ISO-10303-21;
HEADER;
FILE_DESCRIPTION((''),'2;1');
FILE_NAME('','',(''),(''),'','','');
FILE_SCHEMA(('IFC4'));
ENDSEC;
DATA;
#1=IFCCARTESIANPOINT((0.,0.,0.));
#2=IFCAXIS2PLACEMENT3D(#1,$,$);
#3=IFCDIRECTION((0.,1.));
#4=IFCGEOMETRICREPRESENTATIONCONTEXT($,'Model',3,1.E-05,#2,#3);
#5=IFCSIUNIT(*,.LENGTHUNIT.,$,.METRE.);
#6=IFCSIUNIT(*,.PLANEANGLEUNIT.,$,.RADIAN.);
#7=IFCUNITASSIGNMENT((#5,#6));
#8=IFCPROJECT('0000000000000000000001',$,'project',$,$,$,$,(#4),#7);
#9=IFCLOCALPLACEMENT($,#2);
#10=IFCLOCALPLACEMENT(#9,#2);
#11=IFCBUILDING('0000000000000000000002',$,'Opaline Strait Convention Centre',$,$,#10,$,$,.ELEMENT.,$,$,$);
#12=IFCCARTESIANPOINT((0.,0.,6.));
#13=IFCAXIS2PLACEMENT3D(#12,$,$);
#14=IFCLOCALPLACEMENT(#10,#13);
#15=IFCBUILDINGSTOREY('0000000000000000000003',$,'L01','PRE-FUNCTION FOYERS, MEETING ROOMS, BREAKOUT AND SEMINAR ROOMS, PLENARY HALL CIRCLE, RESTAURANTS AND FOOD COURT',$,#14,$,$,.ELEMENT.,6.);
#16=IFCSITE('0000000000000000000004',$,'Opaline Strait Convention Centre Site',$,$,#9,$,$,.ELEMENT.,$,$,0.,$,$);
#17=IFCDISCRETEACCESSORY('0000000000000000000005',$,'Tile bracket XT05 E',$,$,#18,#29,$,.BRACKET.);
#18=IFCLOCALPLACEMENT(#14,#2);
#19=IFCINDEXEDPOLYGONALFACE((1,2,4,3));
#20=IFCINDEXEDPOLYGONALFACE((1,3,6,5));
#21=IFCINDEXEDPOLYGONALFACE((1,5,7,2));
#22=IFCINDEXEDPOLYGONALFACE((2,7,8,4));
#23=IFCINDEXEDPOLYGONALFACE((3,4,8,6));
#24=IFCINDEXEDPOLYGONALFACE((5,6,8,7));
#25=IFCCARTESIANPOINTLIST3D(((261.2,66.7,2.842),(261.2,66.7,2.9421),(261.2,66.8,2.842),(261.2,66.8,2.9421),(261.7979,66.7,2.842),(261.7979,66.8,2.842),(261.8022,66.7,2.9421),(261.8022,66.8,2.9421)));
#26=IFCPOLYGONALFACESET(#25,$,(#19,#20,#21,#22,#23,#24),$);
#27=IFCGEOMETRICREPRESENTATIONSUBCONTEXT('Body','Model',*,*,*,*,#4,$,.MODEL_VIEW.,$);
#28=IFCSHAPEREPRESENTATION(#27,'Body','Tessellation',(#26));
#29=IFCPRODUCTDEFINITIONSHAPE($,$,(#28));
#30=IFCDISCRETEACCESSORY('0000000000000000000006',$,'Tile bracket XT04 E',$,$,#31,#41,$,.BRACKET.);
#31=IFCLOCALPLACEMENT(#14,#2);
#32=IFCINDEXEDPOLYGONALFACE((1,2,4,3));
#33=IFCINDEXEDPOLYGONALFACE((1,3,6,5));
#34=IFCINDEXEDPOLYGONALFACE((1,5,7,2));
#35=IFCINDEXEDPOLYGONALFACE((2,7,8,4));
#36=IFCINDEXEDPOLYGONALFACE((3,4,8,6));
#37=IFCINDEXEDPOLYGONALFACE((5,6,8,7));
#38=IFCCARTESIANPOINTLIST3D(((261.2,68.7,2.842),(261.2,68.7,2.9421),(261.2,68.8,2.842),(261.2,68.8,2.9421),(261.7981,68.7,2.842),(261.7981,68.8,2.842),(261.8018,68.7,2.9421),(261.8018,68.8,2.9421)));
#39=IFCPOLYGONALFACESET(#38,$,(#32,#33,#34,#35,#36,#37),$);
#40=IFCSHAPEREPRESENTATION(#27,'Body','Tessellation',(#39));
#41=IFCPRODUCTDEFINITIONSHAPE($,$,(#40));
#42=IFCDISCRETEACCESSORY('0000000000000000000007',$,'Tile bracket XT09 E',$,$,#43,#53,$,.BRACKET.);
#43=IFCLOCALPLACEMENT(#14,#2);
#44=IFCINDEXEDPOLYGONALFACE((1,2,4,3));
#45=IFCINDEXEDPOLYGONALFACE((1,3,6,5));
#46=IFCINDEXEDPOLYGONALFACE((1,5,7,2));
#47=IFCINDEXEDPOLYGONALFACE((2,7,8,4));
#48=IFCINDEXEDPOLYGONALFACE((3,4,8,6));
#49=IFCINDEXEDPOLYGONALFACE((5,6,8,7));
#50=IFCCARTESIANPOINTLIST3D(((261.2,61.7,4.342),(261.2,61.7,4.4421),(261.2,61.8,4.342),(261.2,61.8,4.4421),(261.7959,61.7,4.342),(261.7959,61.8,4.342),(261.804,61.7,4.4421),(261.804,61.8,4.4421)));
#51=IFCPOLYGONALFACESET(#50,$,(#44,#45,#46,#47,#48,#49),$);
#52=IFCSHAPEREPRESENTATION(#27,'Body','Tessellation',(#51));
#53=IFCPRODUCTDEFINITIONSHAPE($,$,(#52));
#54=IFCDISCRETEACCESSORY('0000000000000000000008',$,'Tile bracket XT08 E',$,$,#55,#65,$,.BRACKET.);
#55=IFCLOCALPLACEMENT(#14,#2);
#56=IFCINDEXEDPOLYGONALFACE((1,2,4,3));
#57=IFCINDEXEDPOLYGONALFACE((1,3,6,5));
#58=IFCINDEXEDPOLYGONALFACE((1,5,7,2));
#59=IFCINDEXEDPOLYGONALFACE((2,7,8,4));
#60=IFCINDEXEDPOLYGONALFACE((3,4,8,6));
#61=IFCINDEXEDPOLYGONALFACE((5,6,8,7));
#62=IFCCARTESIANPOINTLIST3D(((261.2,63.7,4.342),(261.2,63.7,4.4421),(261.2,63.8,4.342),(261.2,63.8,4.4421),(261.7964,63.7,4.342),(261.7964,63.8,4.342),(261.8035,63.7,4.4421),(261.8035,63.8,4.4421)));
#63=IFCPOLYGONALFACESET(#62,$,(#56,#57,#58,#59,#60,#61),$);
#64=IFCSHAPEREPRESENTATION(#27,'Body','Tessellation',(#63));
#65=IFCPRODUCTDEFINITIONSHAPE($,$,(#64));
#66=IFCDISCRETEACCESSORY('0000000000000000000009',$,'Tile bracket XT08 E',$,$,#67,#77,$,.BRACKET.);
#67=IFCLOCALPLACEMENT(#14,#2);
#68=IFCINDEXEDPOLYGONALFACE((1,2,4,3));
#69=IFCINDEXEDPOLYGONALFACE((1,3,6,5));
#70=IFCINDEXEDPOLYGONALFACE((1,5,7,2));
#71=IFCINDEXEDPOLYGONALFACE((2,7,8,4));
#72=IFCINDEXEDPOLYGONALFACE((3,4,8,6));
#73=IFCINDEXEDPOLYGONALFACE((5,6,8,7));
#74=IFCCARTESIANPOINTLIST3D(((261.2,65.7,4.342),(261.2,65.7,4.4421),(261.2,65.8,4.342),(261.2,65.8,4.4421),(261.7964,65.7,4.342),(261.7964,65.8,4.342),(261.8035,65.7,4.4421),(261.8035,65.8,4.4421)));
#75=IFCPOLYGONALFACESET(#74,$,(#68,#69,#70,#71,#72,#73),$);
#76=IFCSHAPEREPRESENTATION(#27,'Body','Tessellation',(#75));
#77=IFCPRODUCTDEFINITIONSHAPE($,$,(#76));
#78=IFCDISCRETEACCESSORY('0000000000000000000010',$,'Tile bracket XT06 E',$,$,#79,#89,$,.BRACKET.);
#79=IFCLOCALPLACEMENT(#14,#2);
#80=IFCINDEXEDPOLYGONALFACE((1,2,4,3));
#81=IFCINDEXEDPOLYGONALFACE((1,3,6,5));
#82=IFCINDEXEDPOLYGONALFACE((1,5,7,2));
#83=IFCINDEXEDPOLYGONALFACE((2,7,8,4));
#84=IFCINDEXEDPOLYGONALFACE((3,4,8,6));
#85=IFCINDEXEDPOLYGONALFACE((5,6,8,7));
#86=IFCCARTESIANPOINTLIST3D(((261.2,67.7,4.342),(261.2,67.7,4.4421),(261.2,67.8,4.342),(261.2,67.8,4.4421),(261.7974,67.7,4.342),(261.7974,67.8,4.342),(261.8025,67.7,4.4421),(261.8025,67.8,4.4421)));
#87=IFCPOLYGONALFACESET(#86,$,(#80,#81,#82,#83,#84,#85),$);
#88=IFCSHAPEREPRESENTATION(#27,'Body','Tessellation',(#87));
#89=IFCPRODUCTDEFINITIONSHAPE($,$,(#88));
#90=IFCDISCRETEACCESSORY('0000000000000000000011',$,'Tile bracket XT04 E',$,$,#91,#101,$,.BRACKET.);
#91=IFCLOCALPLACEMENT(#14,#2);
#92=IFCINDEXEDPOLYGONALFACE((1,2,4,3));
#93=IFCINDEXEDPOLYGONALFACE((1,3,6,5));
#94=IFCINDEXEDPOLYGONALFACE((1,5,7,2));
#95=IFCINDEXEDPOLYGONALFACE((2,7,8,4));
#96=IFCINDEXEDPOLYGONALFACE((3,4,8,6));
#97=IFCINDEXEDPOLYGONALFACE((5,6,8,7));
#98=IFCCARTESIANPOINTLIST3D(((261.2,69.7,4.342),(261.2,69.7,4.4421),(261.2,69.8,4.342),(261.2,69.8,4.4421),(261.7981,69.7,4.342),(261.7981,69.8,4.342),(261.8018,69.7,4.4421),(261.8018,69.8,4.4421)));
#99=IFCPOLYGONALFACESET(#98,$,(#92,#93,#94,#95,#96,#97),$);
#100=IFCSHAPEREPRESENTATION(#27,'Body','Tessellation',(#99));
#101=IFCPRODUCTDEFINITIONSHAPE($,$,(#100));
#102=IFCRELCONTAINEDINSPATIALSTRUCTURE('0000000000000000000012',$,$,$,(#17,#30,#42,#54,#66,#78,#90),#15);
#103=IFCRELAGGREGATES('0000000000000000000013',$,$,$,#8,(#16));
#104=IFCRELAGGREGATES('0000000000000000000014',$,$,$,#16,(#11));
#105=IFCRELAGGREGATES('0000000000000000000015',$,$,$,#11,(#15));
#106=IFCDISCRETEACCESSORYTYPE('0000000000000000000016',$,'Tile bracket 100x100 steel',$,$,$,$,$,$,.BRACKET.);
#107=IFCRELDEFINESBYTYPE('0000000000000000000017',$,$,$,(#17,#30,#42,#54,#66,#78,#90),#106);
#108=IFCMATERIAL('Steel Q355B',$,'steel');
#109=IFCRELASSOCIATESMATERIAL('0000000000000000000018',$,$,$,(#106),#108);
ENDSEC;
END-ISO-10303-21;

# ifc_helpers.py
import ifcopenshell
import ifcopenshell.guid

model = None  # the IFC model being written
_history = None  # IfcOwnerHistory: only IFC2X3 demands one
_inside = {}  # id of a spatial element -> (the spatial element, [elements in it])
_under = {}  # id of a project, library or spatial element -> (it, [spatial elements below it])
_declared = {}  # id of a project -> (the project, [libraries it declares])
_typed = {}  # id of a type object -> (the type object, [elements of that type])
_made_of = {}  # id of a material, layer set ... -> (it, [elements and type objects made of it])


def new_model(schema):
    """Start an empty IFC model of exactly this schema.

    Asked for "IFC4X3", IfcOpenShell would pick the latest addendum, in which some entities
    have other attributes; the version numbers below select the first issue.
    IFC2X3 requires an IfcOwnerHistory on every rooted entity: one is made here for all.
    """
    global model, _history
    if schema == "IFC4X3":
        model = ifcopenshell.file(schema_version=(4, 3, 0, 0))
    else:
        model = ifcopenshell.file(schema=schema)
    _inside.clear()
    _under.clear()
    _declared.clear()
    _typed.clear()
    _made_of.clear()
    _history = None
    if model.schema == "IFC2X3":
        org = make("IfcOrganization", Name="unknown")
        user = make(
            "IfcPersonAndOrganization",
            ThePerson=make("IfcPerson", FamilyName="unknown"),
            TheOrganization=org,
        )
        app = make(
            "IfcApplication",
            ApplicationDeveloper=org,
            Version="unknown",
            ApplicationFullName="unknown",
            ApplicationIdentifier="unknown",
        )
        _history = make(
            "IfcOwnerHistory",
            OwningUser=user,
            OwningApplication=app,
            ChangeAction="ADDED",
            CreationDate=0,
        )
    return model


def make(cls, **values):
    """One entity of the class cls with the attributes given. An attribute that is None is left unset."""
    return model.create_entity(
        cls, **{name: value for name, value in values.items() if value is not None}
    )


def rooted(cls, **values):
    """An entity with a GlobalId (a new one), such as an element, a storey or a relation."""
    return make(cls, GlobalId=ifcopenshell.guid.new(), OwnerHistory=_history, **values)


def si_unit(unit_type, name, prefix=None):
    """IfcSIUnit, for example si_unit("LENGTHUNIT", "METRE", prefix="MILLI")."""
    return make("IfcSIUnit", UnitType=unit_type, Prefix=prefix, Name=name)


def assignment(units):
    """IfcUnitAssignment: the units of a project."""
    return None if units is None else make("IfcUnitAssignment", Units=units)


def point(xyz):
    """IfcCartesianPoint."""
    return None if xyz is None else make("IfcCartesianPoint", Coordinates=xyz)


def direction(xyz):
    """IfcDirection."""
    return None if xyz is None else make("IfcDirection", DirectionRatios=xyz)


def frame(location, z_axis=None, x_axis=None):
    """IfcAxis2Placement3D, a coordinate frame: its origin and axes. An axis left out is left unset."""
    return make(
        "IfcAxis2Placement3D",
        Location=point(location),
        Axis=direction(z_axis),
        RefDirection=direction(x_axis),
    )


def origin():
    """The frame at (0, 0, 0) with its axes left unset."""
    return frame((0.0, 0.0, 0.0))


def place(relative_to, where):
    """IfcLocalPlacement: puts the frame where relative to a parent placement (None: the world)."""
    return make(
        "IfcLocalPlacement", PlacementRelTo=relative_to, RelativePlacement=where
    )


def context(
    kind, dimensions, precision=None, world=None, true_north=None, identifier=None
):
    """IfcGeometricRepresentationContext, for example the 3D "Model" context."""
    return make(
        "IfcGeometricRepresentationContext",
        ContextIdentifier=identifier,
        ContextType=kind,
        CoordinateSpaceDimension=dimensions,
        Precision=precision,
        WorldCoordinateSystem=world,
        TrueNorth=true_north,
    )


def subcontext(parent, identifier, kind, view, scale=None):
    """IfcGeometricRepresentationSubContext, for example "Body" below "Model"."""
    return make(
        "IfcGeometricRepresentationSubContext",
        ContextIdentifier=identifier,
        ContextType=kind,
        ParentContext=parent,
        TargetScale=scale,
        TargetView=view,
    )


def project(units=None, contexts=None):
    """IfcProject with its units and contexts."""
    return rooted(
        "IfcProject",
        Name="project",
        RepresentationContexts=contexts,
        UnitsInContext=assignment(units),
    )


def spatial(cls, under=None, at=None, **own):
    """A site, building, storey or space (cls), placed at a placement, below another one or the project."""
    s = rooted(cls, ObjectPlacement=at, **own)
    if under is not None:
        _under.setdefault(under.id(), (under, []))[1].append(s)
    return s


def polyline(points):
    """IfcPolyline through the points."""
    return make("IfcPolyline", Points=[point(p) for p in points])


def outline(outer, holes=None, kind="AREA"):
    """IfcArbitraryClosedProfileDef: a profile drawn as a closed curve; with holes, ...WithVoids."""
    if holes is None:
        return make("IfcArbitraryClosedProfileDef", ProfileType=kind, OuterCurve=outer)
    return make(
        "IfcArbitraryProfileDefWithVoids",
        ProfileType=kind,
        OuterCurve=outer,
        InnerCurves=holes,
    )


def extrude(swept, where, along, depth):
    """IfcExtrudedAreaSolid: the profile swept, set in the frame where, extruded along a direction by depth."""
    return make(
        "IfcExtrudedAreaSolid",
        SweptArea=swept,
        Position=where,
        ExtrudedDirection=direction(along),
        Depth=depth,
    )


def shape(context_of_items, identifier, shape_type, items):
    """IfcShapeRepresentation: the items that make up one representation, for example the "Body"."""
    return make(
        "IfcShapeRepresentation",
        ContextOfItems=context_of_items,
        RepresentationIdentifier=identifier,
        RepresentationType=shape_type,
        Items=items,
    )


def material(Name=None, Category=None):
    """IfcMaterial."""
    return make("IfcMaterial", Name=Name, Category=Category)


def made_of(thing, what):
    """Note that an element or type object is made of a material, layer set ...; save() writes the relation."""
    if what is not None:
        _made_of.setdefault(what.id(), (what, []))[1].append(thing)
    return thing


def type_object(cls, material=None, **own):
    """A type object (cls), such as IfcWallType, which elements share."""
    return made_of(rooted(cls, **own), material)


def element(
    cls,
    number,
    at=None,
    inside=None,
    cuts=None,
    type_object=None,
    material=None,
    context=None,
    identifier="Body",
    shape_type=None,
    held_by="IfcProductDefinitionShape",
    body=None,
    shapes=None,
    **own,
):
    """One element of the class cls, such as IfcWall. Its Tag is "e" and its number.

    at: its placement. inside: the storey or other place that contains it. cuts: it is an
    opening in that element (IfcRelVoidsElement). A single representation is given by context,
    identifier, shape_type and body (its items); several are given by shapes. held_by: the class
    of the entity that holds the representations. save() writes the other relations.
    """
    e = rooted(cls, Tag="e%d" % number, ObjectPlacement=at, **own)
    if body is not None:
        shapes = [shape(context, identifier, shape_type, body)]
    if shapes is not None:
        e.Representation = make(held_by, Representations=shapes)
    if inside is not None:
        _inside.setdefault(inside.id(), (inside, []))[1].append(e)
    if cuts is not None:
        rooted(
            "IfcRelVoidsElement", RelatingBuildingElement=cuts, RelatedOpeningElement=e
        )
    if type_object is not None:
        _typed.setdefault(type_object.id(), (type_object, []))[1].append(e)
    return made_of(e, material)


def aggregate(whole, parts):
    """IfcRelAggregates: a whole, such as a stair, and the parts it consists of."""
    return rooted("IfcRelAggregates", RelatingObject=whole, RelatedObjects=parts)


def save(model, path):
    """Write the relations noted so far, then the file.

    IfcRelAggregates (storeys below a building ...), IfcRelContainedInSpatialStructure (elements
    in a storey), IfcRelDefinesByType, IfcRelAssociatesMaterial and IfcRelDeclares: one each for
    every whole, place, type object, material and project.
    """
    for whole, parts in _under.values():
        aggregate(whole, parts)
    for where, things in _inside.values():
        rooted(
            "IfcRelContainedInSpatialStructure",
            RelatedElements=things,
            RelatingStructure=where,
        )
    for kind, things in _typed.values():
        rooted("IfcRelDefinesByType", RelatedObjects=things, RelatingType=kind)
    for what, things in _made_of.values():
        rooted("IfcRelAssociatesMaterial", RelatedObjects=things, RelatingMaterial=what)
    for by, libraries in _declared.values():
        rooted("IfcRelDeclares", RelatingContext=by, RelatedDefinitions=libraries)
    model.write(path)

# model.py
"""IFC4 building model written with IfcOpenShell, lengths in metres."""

from ifc_helpers import new_model, si_unit, direction, frame, origin, place, context, subcontext, project, spatial, polyline, outline, extrude, material, type_object, element, save


model = new_model("IFC4")

# Units and contexts
model_context = context("Model", 3, precision=1e-05, world=origin(), true_north=direction((0.0, 1.0)))
body_context = subcontext(model_context, "Body", "Model", "MODEL_VIEW")
ifc_project = project(units=[si_unit("LENGTHUNIT", "METRE"), si_unit("PLANEANGLEUNIT", "RADIAN")], contexts=[model_context])

# Site, building, storey
site_placement = place(None, origin())
site = spatial("IfcSite", under=ifc_project, at=site_placement, Name="Opaline Strait Convention Centre Site", CompositionType="ELEMENT", RefElevation=0.0)
building_placement = place(site_placement, origin())
building = spatial("IfcBuilding", under=site, at=building_placement, Name="Opaline Strait Convention Centre", CompositionType="ELEMENT")
storey_placement = place(building_placement, frame((0.0, 0.0, 6.0)))
storey = spatial("IfcBuildingStorey", under=building, at=storey_placement, Name="L01", Description="PRE-FUNCTION FOYERS, MEETING ROOMS, BREAKOUT AND SEMINAR ROOMS, PLENARY HALL CIRCLE, RESTAURANTS AND FOOD COURT", CompositionType="ELEMENT", Elevation=6.0)

# Shared definitions
ifc_material_1 = material(Name="Steel Q355B", Category="steel")

# Discrete accessories
discrete_accessory_type = type_object("IfcDiscreteAccessoryType", Name="Tile bracket 100x100 steel", PredefinedType="BRACKET", material=ifc_material_1)
discrete_accessory_1_placement = place(storey_placement, frame((261.2, 66.7, 2.8921), z_axis=(0.0, 1.0, 0.0), x_axis=(-1.0, 0.0, 0.0)))
element("IfcDiscreteAccessory", 1, at=discrete_accessory_1_placement, inside=storey, type_object=discrete_accessory_type, Name="Tile bracket XT05 E", PredefinedType="BRACKET", context=body_context, shape_type="SweptSolid", body=[
    extrude(outline(polyline([(0.0, -0.05), (0.0, 0.05), (-0.6023, 0.05), (-0.5979, -0.05), (0.0, -0.05)])), origin(), (0.0, 0.0, 1.0), 0.1001),
])
discrete_accessory_2_placement = place(storey_placement, frame((261.2, 68.7, 2.8921), z_axis=(0.0, 1.0, 0.0), x_axis=(-1.0, 0.0, 0.0)))
element("IfcDiscreteAccessory", 2, at=discrete_accessory_2_placement, inside=storey, type_object=discrete_accessory_type, Name="Tile bracket XT04 E", PredefinedType="BRACKET", context=body_context, shape_type="SweptSolid", body=[
    extrude(outline(polyline([(0.0, -0.05), (0.0, 0.05), (-0.6018, 0.05), (-0.5981, -0.05), (0.0, -0.05)])), origin(), (0.0, 0.0, 1.0), 0.1001),
])
discrete_accessory_3_placement = place(storey_placement, frame((261.2, 61.7, 4.3921), z_axis=(0.0, 1.0, 0.0), x_axis=(-1.0, 0.0, 0.0)))
element("IfcDiscreteAccessory", 3, at=discrete_accessory_3_placement, inside=storey, type_object=discrete_accessory_type, Name="Tile bracket XT09 E", PredefinedType="BRACKET", context=body_context, shape_type="SweptSolid", body=[
    extrude(outline(polyline([(0.0, -0.05), (0.0, 0.05), (-0.604, 0.05), (-0.5959, -0.05), (0.0, -0.05)])), origin(), (0.0, 0.0, 1.0), 0.1001),
])
for number, where, z_axis, x_axis, name in (
    (4, (261.2, 63.7, 4.3921), (0.0, 1.0, 0.0), (-1.0, 0.0, 0.0), "Tile bracket XT08 E"),
    (5, (261.2, 65.7, 4.3921), (0.0, 1.0, 0.0), (-1.0, 0.0, 0.0), "Tile bracket XT08 E"),
):
    element("IfcDiscreteAccessory", number, at=place(storey_placement, frame(where, z_axis=z_axis, x_axis=x_axis)), inside=storey, type_object=discrete_accessory_type, Name=name, PredefinedType="BRACKET", context=body_context, shape_type="SweptSolid", body=[
        extrude(outline(polyline([(0.0, -0.05), (0.0, 0.05), (-0.6035, 0.05), (-0.5964, -0.05), (0.0, -0.05)])), origin(), (0.0, 0.0, 1.0), 0.1001),
    ])
discrete_accessory_4_placement = place(storey_placement, frame((261.2, 67.7, 4.3921), z_axis=(0.0, 1.0, 0.0), x_axis=(-1.0, 0.0, 0.0)))
element("IfcDiscreteAccessory", 6, at=discrete_accessory_4_placement, inside=storey, type_object=discrete_accessory_type, Name="Tile bracket XT06 E", PredefinedType="BRACKET", context=body_context, shape_type="SweptSolid", body=[
    extrude(outline(polyline([(0.0, -0.05), (0.0, 0.05), (-0.6025, 0.05), (-0.5974, -0.05), (0.0, -0.05)])), origin(), (0.0, 0.0, 1.0), 0.1001),
])
discrete_accessory_5_placement = place(storey_placement, frame((261.2, 69.7, 4.3921), z_axis=(0.0, 1.0, 0.0), x_axis=(-1.0, 0.0, 0.0)))
element("IfcDiscreteAccessory", 7, at=discrete_accessory_5_placement, inside=storey, type_object=discrete_accessory_type, Name="Tile bracket XT04 E", PredefinedType="BRACKET", context=body_context, shape_type="SweptSolid", body=[
    extrude(outline(polyline([(0.0, -0.05), (0.0, 0.05), (-0.6018, 0.05), (-0.5981, -0.05), (0.0, -0.05)])), origin(), (0.0, 0.0, 1.0), 0.1001),
])

save(model, "model.ifc")
